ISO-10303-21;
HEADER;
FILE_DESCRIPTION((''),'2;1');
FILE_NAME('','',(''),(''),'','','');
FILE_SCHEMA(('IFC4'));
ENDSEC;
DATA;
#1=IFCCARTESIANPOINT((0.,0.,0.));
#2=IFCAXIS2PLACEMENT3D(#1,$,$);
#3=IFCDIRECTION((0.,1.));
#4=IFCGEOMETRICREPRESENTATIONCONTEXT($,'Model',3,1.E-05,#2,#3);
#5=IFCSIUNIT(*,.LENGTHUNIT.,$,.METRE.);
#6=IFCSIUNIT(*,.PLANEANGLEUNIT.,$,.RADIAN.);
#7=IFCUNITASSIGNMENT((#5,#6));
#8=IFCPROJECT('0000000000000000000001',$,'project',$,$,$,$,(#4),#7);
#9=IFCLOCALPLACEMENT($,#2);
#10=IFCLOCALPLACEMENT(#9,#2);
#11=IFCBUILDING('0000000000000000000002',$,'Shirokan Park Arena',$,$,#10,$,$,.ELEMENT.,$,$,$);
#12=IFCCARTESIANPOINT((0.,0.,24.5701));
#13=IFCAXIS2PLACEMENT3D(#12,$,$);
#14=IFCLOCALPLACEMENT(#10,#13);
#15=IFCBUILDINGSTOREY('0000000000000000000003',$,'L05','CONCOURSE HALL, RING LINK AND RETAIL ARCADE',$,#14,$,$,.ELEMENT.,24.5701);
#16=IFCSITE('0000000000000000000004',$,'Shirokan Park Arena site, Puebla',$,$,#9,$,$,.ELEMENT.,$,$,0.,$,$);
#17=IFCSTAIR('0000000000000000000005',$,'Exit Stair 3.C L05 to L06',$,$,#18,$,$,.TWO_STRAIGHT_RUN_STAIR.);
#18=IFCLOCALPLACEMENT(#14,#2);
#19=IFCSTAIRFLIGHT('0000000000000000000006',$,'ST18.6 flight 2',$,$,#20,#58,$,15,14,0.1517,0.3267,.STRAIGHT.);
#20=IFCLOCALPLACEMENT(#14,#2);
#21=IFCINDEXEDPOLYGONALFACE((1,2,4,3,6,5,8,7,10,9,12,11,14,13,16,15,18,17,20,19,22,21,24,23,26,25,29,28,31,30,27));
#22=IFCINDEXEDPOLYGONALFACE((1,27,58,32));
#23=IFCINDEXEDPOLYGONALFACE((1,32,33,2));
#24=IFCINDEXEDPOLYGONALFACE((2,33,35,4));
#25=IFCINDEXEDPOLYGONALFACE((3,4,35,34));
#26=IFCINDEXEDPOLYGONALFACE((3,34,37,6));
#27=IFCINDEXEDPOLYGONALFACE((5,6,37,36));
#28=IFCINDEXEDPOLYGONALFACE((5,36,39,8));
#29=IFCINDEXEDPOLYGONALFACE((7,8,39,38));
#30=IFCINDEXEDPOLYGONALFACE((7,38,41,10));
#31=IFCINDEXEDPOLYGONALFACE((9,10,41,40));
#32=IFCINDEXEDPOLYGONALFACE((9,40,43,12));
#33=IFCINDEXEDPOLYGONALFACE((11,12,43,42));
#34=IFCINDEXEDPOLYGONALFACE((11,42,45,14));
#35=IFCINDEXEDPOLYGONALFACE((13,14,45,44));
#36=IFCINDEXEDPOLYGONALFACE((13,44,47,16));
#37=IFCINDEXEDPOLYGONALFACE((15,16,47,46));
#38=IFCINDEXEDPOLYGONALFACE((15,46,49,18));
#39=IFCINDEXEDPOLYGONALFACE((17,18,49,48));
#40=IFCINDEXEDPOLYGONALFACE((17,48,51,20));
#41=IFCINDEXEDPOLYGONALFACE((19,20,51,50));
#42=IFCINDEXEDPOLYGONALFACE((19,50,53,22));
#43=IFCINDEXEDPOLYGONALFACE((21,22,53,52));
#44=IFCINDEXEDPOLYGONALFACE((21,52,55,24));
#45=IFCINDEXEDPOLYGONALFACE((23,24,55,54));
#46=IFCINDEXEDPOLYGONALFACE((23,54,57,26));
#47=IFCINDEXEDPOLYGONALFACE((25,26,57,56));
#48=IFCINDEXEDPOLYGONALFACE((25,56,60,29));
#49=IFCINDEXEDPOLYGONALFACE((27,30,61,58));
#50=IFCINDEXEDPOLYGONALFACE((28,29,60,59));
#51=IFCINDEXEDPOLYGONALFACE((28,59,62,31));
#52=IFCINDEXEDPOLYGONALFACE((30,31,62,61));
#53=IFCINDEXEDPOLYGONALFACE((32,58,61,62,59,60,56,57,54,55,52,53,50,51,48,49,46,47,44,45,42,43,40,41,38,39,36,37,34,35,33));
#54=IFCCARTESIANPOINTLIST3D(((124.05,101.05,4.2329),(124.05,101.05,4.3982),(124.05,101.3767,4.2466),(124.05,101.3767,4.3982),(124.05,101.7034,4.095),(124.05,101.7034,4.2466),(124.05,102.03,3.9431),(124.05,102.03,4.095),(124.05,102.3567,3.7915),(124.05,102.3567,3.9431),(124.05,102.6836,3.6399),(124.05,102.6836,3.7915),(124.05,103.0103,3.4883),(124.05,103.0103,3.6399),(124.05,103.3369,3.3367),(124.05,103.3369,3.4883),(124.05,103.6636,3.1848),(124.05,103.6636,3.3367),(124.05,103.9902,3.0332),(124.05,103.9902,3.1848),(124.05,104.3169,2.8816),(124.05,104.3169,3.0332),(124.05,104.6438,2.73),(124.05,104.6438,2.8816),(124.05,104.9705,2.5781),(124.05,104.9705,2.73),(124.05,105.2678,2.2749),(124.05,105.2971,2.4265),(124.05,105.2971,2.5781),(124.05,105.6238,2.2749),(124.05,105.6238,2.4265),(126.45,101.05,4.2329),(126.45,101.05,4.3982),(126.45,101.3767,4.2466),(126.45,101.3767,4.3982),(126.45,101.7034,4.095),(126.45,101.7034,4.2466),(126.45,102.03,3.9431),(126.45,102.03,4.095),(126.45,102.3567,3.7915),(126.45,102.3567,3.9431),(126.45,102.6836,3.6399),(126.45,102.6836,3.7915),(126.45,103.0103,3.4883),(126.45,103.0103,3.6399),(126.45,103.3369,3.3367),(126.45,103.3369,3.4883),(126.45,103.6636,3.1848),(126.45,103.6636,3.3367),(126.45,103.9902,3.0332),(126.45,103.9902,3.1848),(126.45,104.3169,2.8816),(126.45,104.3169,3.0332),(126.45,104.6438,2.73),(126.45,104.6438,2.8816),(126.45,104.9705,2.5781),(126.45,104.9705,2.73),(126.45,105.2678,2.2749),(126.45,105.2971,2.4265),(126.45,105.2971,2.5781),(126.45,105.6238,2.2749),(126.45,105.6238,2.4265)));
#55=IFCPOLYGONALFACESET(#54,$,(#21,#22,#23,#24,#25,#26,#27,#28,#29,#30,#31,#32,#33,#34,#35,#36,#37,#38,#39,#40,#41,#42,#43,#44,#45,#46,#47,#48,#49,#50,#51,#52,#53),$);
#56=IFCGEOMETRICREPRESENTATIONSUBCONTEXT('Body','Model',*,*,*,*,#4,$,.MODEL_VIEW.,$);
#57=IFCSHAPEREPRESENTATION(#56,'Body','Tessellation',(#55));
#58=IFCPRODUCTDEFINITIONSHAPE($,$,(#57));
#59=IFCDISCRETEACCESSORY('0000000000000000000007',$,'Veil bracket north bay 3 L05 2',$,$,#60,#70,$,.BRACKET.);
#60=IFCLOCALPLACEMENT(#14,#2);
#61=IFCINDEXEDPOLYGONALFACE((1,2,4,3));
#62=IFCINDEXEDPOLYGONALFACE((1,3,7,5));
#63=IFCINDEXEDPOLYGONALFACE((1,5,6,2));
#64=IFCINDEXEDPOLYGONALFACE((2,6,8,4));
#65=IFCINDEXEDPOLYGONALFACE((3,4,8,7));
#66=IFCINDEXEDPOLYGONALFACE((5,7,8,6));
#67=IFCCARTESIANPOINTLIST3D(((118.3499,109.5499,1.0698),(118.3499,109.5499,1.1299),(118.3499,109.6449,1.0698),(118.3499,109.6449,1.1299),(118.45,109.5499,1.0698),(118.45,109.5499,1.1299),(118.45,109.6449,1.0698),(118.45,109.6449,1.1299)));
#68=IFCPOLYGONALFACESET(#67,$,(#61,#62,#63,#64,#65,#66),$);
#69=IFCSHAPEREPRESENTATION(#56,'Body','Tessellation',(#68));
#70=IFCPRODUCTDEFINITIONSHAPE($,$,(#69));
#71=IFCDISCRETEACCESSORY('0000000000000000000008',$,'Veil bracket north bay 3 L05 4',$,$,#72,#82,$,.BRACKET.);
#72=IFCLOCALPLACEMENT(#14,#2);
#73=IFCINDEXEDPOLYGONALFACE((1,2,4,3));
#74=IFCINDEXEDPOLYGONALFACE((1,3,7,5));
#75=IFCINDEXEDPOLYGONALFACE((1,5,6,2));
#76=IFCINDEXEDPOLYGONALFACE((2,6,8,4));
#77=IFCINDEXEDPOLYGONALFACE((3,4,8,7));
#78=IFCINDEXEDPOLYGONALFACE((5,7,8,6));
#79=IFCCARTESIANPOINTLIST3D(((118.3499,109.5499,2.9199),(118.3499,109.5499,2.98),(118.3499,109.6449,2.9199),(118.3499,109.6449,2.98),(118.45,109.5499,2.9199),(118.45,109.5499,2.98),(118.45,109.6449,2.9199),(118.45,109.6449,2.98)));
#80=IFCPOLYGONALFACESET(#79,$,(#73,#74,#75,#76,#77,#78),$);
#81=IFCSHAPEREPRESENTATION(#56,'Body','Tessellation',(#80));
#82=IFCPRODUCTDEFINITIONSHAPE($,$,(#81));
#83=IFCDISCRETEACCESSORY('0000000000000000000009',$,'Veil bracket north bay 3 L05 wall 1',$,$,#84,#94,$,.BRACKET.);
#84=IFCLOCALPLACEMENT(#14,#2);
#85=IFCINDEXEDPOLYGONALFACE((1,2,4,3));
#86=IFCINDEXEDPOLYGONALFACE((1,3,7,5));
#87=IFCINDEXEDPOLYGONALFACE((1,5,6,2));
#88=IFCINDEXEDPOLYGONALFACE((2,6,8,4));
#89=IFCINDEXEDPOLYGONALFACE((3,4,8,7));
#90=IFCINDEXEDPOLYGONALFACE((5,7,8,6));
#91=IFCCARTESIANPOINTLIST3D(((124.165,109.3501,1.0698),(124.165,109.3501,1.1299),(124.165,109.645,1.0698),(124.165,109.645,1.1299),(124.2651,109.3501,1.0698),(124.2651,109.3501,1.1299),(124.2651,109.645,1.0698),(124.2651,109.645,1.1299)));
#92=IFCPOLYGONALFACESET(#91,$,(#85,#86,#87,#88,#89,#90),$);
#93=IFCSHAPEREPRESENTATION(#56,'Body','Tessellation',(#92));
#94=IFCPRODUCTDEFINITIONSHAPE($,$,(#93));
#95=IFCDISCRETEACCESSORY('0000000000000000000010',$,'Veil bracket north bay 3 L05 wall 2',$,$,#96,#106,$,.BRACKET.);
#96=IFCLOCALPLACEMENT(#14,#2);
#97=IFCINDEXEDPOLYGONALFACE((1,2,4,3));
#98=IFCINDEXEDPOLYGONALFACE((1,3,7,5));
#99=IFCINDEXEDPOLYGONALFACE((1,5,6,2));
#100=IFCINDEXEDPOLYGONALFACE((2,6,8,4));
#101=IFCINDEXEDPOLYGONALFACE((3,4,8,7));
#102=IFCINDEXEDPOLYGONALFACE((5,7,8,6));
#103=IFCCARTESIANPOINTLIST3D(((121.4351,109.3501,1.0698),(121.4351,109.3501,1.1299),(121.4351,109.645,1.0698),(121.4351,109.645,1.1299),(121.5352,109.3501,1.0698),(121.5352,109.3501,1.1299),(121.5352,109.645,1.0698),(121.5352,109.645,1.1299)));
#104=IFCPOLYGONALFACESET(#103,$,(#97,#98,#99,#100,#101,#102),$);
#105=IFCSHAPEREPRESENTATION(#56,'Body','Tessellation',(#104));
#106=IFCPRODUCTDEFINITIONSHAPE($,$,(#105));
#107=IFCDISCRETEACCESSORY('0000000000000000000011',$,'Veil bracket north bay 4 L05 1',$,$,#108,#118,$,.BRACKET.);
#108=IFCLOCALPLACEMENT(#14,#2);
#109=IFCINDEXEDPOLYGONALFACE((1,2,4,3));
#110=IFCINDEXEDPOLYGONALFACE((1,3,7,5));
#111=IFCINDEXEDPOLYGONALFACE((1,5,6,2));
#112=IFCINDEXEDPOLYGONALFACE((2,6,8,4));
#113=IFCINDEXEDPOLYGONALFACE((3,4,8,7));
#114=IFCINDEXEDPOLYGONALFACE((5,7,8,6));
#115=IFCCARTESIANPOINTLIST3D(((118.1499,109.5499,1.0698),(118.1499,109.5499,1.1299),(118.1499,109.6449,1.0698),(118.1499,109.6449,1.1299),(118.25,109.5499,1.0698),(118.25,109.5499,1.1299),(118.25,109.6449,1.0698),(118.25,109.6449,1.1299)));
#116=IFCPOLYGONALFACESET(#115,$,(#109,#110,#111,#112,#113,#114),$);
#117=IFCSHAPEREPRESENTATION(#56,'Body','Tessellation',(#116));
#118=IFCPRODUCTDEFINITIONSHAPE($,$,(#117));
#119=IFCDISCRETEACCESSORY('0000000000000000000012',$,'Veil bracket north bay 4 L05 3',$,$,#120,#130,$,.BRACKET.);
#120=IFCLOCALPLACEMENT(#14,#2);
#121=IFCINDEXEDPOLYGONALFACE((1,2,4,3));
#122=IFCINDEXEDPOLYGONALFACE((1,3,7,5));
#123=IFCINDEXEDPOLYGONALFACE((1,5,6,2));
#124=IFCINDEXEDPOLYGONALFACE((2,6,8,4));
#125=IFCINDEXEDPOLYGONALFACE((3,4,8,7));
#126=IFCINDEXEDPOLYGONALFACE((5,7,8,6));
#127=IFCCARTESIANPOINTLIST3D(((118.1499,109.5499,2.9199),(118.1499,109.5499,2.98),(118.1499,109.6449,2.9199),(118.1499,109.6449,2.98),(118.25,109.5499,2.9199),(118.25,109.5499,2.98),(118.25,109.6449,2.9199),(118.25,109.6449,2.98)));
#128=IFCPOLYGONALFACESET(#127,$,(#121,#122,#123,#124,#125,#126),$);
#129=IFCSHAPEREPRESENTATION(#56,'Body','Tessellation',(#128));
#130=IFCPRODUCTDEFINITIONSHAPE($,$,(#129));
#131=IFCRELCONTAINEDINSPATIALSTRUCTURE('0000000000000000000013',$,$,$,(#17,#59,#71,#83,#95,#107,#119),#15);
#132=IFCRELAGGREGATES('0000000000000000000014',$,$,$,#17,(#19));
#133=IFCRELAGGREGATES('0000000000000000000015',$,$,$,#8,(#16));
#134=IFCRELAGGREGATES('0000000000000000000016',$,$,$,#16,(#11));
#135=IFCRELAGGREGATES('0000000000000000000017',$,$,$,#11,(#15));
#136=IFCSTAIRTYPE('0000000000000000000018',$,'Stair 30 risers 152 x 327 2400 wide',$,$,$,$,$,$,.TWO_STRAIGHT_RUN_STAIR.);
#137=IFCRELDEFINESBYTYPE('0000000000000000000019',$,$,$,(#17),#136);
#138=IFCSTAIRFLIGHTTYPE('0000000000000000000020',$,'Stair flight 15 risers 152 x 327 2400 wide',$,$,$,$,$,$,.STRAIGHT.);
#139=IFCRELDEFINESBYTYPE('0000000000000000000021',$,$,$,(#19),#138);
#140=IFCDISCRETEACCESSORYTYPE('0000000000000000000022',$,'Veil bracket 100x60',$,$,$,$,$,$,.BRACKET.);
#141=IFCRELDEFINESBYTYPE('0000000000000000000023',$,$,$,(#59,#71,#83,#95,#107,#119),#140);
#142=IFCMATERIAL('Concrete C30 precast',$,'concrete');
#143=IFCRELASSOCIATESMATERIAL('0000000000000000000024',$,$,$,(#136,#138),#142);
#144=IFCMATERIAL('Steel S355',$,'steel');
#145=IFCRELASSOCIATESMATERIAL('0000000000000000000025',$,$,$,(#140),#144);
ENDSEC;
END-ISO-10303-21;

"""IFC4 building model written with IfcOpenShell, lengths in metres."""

from ifc_helpers import new_model, si_unit, direction, frame, origin, origin_2d, place, context, subcontext, project, spatial, polyline, rectangle, outline, extrude, material, type_object, element, aggregate, save


model = new_model("IFC4")

# Units and contexts
model_context = context("Model", 3, precision=1e-05, world=origin(), true_north=direction((0.0, 1.0)))
body_context = subcontext(model_context, "Body", "Model", "MODEL_VIEW")
ifc_project = project(units=[si_unit("LENGTHUNIT", "METRE"), si_unit("PLANEANGLEUNIT", "RADIAN")], contexts=[model_context])

# Site, building, storey
site_placement = place(None, origin())
site = spatial("IfcSite", under=ifc_project, at=site_placement, Name="Shirokan Park Arena site, Puebla", CompositionType="ELEMENT", RefElevation=0.0)
building_placement = place(site_placement, origin())
building = spatial("IfcBuilding", under=site, at=building_placement, Name="Shirokan Park Arena", CompositionType="ELEMENT")
storey_placement = place(building_placement, frame((0.0, 0.0, 24.5701)))
storey = spatial("IfcBuildingStorey", under=building, at=storey_placement, Name="L05", Description="CONCOURSE HALL, RING LINK AND RETAIL ARCADE", CompositionType="ELEMENT", Elevation=24.5701)

# Stair, stair flight
ifc_material_1 = material(Name="Concrete C30 precast", Category="concrete")
stair_type = type_object("IfcStairType", Name="Stair 30 risers 152 x 327 2400 wide", PredefinedType="TWO_STRAIGHT_RUN_STAIR", material=ifc_material_1)
stair_placement = place(storey_placement, origin())
stair = element("IfcStair", 1, at=stair_placement, inside=storey, type_object=stair_type, Name="Exit Stair 3.C L05 to L06", PredefinedType="TWO_STRAIGHT_RUN_STAIR")
stair_flight_type = type_object("IfcStairFlightType", Name="Stair flight 15 risers 152 x 327 2400 wide", PredefinedType="STRAIGHT", material=ifc_material_1)
stair_flight_1_placement = place(storey_placement, frame((125.25, 105.6238, 2.2749), z_axis=(0.0, 0.0, 1.0), x_axis=(0.0, -1.0, 0.0)))
stair_flight_1 = element("IfcStairFlight", 2, at=stair_flight_1_placement, type_object=stair_flight_type, Name="ST18.6 flight 2", NumberOfRisers=15, NumberOfTreads=14, PredefinedType="STRAIGHT", RiserHeight=0.1517, TreadLength=0.3267, context=body_context, shape_type="SweptSolid", body=[
    extrude(outline(polyline([(0.0, 0.0), (0.0, 0.1516), (0.3267, 0.1516), (0.3267, 0.3032), (0.6533, 0.3032), (0.6533, 0.4551), (0.98, 0.4551), (0.98, 0.6067), (1.3069, 0.6067), (1.3069, 0.7583), (1.6335, 0.7583), (1.6335, 0.9099), (1.9602, 0.9099), (1.9602, 1.0618), (2.2869, 1.0618), (2.2869, 1.2134), (2.6135, 1.2134), (2.6135, 1.365), (2.9402, 1.365), (2.9402, 1.5166), (3.2671, 1.5166), (3.2671, 1.6682), (3.5938, 1.6682), (3.5938, 1.8201), (3.9204, 1.8201), (3.9204, 1.9717), (4.2471, 1.9717), (4.2471, 2.1233), (4.5737, 2.1233), (4.5737, 2.2749), (4.5737, 1.958), (0.356, 0.0), (0.0, 0.0)])), frame((0.0, 1.2, 0.0), z_axis=(0.0, -1.0, 0.0), x_axis=(1.0, 0.0, 0.0)), (0.0, 0.0, 1.0), 2.3999),
])
aggregate(stair, [stair_flight_1])

# Discrete accessories
ifc_material_2 = material(Name="Steel S355", Category="steel")
discrete_accessory_type = type_object("IfcDiscreteAccessoryType", Name="Veil bracket 100x60", PredefinedType="BRACKET", material=ifc_material_2)
for number, where, z_axis, x_axis, name in (
    (3, (118.3999, 109.5974, 1.0698), (0.0, 0.0, 1.0), (-1.0, 0.0, 0.0), "Veil bracket north bay 3 L05 2"),
    (4, (118.3999, 109.5974, 2.9199), (0.0, 0.0, 1.0), (-1.0, 0.0, 0.0), "Veil bracket north bay 3 L05 4"),
):
    element("IfcDiscreteAccessory", number, at=place(storey_placement, frame(where, z_axis=z_axis, x_axis=x_axis)), inside=storey, type_object=discrete_accessory_type, Name=name, PredefinedType="BRACKET", context=body_context, shape_type="SweptSolid", body=[
        extrude(rectangle(XDim=0.1001, YDim=0.095, at=origin_2d()), origin(), (0.0, 0.0, 1.0), 0.0601),
    ])
for number, where, z_axis, x_axis, name in (
    (5, (124.2151, 109.4976, 1.0698), (0.0, 0.0, 1.0), (-1.0, 0.0, 0.0), "Veil bracket north bay 3 L05 wall 1"),
    (6, (121.4851, 109.4976, 1.0698), (0.0, 0.0, 1.0), (-1.0, 0.0, 0.0), "Veil bracket north bay 3 L05 wall 2"),
):
    element("IfcDiscreteAccessory", number, at=place(storey_placement, frame(where, z_axis=z_axis, x_axis=x_axis)), inside=storey, type_object=discrete_accessory_type, Name=name, PredefinedType="BRACKET", context=body_context, shape_type="SweptSolid", body=[
        extrude(rectangle(XDim=0.1001, YDim=0.2949, at=origin_2d()), origin(), (0.0, 0.0, 1.0), 0.0601),
    ])
for number, where, z_axis, x_axis, name in (
    (7, (118.2, 109.5974, 1.0698), (0.0, 0.0, 1.0), (-1.0, 0.0, 0.0), "Veil bracket north bay 4 L05 1"),
    (8, (118.2, 109.5974, 2.9199), (0.0, 0.0, 1.0), (-1.0, 0.0, 0.0), "Veil bracket north bay 4 L05 3"),
):
    element("IfcDiscreteAccessory", number, at=place(storey_placement, frame(where, z_axis=z_axis, x_axis=x_axis)), inside=storey, type_object=discrete_accessory_type, Name=name, PredefinedType="BRACKET", context=body_context, shape_type="SweptSolid", body=[
        extrude(rectangle(XDim=0.1001, YDim=0.095, at=origin_2d()), origin(), (0.0, 0.0, 1.0), 0.0601),
    ])

save(model, "model.ifc")
